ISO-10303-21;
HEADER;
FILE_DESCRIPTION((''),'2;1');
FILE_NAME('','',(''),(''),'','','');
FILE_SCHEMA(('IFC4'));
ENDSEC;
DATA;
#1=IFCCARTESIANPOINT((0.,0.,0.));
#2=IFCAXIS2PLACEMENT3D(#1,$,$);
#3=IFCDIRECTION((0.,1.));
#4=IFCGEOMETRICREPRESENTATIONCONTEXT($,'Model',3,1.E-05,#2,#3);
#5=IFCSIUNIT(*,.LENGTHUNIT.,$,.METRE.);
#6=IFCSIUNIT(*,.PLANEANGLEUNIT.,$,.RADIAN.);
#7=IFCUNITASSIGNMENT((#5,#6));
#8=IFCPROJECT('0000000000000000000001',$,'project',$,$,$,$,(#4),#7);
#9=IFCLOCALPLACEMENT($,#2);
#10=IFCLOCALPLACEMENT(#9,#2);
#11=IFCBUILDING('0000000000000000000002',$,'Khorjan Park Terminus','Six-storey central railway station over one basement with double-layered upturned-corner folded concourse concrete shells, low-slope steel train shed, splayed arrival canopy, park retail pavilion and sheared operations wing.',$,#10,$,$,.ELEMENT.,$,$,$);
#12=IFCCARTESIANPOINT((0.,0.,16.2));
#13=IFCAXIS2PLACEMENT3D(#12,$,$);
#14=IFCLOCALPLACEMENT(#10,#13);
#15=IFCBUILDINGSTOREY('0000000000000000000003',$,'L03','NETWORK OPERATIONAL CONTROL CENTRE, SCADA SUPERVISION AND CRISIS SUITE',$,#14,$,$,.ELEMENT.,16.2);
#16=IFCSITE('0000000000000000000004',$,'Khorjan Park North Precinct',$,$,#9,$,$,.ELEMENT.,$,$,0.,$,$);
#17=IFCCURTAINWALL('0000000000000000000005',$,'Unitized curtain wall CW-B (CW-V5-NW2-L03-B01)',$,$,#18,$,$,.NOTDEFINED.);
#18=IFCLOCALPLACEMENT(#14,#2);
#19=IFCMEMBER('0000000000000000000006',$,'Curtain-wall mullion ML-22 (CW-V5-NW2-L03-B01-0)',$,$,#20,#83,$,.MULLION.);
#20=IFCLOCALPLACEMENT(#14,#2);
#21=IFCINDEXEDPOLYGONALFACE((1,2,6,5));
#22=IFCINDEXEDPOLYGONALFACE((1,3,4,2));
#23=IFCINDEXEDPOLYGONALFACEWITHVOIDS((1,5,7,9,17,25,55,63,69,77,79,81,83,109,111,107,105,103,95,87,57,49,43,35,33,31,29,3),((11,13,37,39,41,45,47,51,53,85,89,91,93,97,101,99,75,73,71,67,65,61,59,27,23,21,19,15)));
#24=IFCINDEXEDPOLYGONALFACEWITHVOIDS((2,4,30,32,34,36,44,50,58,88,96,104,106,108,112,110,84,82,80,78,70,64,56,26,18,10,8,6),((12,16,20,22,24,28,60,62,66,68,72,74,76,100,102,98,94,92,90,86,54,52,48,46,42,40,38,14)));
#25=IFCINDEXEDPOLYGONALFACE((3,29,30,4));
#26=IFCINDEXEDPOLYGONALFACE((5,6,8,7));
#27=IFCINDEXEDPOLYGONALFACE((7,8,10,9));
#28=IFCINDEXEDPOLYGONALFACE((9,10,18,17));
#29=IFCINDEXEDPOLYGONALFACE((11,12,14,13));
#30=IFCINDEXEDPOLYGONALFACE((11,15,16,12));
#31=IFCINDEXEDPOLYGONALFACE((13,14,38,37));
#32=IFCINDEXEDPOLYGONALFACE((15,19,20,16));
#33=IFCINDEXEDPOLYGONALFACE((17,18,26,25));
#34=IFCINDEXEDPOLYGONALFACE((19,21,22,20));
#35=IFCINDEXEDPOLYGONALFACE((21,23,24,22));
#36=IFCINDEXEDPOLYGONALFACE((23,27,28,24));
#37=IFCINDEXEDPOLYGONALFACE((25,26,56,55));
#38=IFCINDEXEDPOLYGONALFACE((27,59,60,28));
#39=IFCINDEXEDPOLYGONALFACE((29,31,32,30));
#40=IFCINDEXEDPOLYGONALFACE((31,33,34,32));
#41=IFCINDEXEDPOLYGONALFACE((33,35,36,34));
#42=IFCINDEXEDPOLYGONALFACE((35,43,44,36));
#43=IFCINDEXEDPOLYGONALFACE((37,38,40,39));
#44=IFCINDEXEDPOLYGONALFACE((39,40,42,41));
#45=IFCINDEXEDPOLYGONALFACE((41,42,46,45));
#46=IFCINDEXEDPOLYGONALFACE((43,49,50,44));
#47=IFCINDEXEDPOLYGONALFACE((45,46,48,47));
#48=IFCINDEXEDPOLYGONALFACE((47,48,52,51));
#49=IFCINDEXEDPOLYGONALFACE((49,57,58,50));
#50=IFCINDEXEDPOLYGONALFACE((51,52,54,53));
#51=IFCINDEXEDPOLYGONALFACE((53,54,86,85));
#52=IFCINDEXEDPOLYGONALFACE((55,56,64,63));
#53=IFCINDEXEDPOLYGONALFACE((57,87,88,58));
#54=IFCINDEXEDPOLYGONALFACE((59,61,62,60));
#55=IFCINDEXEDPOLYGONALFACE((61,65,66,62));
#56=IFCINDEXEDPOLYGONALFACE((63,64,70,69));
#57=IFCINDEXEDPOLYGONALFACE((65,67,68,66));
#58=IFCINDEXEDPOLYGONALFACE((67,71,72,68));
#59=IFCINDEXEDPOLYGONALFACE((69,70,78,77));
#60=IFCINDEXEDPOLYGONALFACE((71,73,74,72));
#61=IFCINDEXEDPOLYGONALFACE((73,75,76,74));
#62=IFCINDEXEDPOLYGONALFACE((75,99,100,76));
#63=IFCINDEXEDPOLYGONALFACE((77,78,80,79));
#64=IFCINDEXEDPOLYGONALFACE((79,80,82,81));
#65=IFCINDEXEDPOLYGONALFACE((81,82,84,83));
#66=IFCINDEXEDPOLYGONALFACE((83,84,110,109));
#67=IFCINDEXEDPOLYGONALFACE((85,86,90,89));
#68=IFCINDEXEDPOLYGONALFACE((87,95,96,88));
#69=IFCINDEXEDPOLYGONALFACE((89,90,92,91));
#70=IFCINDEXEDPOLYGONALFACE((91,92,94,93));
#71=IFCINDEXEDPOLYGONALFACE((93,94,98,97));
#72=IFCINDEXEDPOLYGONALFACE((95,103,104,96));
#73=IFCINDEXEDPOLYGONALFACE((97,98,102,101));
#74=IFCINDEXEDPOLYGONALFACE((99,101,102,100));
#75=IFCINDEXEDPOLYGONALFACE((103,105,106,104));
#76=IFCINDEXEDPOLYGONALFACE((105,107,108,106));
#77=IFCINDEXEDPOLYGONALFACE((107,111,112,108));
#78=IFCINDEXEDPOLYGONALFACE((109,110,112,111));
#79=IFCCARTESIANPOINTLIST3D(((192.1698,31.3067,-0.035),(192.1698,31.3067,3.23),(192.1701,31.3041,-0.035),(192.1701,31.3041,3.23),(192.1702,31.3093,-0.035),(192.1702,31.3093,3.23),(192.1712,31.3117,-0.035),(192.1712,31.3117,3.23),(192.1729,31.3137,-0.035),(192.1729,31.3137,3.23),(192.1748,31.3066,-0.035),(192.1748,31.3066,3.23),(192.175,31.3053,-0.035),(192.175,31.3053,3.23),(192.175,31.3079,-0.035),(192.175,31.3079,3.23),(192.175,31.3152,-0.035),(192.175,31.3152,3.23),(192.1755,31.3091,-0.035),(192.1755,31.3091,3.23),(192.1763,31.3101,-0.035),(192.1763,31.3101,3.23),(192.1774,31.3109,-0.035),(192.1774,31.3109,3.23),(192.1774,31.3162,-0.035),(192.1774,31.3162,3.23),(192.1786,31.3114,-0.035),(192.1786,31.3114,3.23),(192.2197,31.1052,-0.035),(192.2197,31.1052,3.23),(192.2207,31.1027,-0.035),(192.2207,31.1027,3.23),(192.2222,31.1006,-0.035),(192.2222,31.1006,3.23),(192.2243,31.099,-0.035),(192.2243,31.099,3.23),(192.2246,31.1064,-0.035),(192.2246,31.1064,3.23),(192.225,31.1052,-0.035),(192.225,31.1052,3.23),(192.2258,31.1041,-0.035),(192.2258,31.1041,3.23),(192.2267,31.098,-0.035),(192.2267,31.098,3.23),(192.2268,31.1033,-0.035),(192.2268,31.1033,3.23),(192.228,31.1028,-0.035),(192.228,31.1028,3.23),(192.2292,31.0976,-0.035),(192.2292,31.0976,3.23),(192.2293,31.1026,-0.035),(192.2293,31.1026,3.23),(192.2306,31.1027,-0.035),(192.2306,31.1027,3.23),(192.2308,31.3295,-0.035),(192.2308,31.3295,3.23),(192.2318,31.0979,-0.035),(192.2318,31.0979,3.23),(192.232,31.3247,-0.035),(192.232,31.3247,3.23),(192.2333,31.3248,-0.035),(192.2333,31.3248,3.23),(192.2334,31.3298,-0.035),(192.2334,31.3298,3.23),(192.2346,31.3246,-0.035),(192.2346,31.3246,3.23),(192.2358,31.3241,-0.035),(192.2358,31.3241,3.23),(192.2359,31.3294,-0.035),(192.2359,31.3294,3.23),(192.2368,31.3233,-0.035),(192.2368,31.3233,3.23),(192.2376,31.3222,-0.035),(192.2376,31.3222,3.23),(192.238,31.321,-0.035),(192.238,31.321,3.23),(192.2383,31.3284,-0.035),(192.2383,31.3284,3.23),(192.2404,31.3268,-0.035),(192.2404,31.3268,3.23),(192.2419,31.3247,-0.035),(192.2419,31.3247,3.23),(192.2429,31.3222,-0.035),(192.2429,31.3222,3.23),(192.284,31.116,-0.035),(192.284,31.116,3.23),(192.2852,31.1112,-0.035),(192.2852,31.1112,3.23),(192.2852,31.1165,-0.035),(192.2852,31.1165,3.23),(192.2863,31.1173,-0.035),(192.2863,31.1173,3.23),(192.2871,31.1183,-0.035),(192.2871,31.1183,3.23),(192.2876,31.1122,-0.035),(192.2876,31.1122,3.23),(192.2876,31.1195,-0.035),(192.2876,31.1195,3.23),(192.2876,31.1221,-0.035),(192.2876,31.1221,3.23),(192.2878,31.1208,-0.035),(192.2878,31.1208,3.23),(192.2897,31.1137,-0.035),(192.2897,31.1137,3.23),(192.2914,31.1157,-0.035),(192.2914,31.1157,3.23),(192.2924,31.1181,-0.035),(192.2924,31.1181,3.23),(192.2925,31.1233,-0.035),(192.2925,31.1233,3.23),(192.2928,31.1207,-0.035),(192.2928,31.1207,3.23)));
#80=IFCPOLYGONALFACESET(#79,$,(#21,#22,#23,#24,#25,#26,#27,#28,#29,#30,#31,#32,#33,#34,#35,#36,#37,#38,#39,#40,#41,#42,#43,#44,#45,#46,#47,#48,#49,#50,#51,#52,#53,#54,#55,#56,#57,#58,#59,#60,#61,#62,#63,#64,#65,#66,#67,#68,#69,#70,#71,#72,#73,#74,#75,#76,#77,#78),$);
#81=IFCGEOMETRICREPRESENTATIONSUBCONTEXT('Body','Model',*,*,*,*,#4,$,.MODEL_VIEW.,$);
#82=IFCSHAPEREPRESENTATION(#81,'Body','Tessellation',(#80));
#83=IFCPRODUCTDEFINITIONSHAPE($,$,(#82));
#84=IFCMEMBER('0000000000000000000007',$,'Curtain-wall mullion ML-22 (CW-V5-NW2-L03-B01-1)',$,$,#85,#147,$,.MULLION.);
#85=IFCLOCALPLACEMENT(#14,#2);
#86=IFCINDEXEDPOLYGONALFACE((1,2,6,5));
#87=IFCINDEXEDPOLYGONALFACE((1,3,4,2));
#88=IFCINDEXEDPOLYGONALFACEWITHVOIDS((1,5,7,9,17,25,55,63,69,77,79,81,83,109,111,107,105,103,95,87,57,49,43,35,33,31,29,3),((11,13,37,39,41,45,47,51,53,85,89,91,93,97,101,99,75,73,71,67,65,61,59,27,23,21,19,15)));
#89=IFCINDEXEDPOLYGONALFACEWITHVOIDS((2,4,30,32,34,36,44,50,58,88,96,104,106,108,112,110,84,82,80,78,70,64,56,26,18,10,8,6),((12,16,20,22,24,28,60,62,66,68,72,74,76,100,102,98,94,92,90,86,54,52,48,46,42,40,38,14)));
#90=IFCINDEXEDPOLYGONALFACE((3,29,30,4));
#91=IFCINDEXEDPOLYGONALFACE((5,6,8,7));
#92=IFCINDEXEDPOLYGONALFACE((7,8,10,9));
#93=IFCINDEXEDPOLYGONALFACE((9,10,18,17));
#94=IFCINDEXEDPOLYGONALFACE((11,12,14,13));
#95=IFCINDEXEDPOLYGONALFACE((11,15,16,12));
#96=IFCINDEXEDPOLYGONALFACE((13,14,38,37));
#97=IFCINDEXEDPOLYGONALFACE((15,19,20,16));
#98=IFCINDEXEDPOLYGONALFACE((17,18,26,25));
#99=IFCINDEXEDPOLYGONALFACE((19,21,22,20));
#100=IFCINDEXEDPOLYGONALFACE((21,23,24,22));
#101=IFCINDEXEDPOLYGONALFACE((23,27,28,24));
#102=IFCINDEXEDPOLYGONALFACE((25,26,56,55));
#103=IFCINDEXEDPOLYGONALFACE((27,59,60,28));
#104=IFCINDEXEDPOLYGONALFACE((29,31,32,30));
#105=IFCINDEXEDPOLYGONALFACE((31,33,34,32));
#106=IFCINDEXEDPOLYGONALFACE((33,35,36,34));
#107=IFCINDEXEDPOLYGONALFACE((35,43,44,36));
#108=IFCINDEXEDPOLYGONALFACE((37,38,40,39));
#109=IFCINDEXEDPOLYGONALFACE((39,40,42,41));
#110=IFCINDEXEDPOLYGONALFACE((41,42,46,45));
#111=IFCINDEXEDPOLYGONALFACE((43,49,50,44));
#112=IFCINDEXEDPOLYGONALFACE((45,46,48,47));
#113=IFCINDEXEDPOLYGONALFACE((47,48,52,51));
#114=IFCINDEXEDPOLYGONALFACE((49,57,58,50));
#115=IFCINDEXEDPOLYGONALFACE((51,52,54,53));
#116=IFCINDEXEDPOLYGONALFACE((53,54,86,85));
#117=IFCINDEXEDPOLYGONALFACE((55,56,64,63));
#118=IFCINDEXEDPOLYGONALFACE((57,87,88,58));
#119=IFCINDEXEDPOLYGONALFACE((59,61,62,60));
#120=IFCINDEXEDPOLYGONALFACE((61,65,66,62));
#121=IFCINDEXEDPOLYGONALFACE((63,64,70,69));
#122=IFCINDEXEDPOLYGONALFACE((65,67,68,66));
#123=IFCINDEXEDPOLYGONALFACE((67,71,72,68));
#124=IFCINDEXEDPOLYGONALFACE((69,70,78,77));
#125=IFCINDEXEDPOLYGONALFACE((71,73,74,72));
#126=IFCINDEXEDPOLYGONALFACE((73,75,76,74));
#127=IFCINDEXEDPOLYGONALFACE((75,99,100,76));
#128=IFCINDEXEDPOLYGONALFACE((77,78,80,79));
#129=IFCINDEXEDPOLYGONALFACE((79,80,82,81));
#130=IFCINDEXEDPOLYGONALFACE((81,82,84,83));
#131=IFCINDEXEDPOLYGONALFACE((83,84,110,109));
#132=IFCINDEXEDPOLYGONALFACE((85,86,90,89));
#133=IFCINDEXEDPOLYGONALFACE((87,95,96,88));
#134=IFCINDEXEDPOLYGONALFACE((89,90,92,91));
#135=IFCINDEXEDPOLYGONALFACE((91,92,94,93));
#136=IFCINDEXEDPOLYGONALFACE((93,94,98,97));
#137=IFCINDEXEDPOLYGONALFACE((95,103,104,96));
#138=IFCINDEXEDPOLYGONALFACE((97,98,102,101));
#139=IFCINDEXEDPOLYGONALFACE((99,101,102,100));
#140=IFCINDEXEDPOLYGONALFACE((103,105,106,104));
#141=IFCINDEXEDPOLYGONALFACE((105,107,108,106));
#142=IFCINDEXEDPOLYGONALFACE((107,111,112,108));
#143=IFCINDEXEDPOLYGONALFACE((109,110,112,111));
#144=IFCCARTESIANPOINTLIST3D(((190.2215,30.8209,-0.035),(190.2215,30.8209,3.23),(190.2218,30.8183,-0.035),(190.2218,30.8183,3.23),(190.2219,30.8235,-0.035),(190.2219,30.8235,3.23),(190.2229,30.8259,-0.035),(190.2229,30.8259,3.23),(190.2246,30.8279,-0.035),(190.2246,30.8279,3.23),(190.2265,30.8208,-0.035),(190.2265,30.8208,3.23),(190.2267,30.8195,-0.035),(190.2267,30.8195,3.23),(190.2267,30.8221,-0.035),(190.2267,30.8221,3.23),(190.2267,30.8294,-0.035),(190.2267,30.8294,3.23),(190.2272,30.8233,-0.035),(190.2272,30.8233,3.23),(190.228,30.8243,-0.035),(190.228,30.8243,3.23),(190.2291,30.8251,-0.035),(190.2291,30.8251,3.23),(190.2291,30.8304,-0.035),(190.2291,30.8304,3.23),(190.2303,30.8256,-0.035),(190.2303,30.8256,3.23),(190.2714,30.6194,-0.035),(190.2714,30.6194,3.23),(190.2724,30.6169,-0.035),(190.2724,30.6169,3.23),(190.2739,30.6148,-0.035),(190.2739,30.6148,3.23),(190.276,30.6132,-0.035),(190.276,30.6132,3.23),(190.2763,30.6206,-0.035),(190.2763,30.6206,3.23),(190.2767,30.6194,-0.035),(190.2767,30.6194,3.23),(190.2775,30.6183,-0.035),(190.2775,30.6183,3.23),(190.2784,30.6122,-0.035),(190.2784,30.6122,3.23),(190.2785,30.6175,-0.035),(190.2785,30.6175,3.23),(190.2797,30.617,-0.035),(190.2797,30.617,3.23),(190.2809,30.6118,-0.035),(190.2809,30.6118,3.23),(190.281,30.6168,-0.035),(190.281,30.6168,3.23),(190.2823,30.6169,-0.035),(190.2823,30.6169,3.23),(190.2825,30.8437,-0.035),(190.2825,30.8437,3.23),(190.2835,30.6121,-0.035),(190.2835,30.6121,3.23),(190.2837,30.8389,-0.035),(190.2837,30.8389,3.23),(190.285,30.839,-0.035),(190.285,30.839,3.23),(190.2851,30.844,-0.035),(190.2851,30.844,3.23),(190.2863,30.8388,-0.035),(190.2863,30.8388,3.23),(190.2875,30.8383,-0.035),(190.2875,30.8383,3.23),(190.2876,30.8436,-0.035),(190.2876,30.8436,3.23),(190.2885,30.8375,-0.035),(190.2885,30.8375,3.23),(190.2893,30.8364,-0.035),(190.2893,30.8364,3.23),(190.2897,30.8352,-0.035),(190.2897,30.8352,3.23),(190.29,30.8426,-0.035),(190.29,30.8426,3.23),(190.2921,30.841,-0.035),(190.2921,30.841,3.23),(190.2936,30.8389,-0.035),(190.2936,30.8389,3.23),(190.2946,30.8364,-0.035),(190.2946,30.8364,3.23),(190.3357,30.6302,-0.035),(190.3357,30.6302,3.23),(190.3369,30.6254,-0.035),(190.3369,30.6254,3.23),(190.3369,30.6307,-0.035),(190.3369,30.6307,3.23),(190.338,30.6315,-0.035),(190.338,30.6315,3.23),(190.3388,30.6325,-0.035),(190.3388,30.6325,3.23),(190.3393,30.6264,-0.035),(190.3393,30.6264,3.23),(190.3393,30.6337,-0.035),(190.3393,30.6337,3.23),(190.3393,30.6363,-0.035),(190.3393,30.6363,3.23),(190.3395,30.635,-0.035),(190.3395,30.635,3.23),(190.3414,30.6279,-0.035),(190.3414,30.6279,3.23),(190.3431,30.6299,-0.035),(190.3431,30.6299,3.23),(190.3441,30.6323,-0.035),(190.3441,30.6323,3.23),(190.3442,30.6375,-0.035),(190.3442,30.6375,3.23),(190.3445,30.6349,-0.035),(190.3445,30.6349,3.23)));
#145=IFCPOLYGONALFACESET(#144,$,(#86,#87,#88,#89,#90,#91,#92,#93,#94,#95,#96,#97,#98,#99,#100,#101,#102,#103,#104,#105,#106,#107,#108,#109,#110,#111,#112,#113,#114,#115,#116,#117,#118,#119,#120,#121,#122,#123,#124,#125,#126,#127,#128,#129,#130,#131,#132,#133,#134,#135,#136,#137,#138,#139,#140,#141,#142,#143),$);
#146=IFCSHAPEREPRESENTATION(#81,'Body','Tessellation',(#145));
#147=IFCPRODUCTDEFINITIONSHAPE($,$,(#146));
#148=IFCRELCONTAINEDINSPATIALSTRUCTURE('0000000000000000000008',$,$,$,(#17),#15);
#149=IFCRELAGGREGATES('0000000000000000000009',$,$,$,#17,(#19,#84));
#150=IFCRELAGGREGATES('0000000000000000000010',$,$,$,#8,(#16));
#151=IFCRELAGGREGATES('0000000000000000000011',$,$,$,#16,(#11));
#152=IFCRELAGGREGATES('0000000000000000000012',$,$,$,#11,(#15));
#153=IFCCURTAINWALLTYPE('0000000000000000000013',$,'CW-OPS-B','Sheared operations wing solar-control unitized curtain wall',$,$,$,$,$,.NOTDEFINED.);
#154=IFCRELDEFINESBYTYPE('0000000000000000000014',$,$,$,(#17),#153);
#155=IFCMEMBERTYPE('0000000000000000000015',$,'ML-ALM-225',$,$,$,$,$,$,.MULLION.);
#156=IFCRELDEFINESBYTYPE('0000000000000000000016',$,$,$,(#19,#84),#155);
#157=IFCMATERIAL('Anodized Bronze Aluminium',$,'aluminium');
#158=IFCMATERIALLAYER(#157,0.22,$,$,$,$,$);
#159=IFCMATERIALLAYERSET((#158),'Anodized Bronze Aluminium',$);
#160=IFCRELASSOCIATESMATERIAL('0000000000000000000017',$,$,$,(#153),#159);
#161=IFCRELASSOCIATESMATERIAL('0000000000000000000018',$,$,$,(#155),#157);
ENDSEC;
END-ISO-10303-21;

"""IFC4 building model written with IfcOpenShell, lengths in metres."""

from ifc_helpers import new_model, si_unit, direction, frame, origin, origin_2d, place, context, subcontext, project, spatial, hollow_rectangle, extrude, material, layer, layer_set, material_profile, profile_set, type_object, element, aggregate, save


model = new_model("IFC4")

# Units and contexts
model_context = context("Model", 3, precision=1e-05, world=origin(), true_north=direction((0.0, 1.0)))
body_context = subcontext(model_context, "Body", "Model", "MODEL_VIEW")
ifc_project = project(units=[si_unit("LENGTHUNIT", "METRE"), si_unit("PLANEANGLEUNIT", "RADIAN")], contexts=[model_context])

# Site, building, storey
site_placement = place(None, origin())
site = spatial("IfcSite", under=ifc_project, at=site_placement, Name="Khorjan Park North Precinct", CompositionType="ELEMENT", RefElevation=0.0)
building_placement = place(site_placement, origin())
building = spatial("IfcBuilding", under=site, at=building_placement, Name="Khorjan Park Terminus", Description="Six-storey central railway station over one basement with double-layered upturned-corner folded concourse concrete shells, low-slope steel train shed, splayed arrival canopy, park retail pavilion and sheared operations wing.", CompositionType="ELEMENT")
storey_placement = place(building_placement, frame((0.0, 0.0, 16.2)))
storey = spatial("IfcBuildingStorey", under=building, at=storey_placement, Name="L03", Description="NETWORK OPERATIONAL CONTROL CENTRE, SCADA SUPERVISION AND CRISIS SUITE", CompositionType="ELEMENT", Elevation=16.2)

# Curtain wall, members
ifc_material_1 = material(Name="Anodized Bronze Aluminium", Category="aluminium")
ifc_layer_1 = layer(ifc_material_1, 0.22)
ifc_layer_set_1 = layer_set([ifc_layer_1], Name="Anodized Bronze Aluminium")
curtain_wall_type = type_object("IfcCurtainWallType", Name="CW-OPS-B", Description="Sheared operations wing solar-control unitized curtain wall", PredefinedType="NOTDEFINED", material=ifc_layer_set_1)
curtain_wall_placement = place(storey_placement, origin())
curtain_wall = element("IfcCurtainWall", 1, at=curtain_wall_placement, inside=storey, type_object=curtain_wall_type, Name="Unitized curtain wall CW-B (CW-V5-NW2-L03-B01)", PredefinedType="NOTDEFINED")
ifc_material_profile_1 = material_profile(ifc_material_1, hollow_rectangle(XDim=0.075, YDim=0.225, WallThickness=0.005, InnerFilletRadius=0.005, OuterFilletRadius=0.01, at=origin_2d()), Name="ALM 75x225x5")
ifc_profile_set_1 = profile_set([ifc_material_profile_1], Name="Anodized Bronze Aluminium")
member_type_1 = type_object("IfcMemberType", Name="ML-ALM-225", PredefinedType="MULLION", material=ifc_profile_set_1)
member_1_placement = place(storey_placement, frame((192.2313, 31.2137, -0.035), z_axis=(0.0, 0.0, 1.0), x_axis=(-0.970296, -0.241919, 0.0)))
member_1 = element("IfcMember", 2, at=member_1_placement, type_object=member_type_1, Name="Curtain-wall mullion ML-22 (CW-V5-NW2-L03-B01-0)", PredefinedType="MULLION", context=body_context, shape_type="SweptSolid", body=[
    extrude(hollow_rectangle(XDim=0.075, YDim=0.225, WallThickness=0.005, InnerFilletRadius=0.005, OuterFilletRadius=0.01, at=origin_2d()), origin(), (0.0, 0.0, 1.0), 3.265),
])
member_2_placement = place(storey_placement, frame((190.283, 30.7279, -0.035), z_axis=(0.0, 0.0, 1.0), x_axis=(-0.970296, -0.241919, 0.0)))
member_2 = element("IfcMember", 3, at=member_2_placement, type_object=member_type_1, Name="Curtain-wall mullion ML-22 (CW-V5-NW2-L03-B01-1)", PredefinedType="MULLION", context=body_context, shape_type="SweptSolid", body=[
    extrude(hollow_rectangle(XDim=0.075, YDim=0.225, WallThickness=0.005, InnerFilletRadius=0.005, OuterFilletRadius=0.01, at=origin_2d()), origin(), (0.0, 0.0, 1.0), 3.265),
])
aggregate(curtain_wall, [member_1, member_2])

save(model, "model.ifc")
